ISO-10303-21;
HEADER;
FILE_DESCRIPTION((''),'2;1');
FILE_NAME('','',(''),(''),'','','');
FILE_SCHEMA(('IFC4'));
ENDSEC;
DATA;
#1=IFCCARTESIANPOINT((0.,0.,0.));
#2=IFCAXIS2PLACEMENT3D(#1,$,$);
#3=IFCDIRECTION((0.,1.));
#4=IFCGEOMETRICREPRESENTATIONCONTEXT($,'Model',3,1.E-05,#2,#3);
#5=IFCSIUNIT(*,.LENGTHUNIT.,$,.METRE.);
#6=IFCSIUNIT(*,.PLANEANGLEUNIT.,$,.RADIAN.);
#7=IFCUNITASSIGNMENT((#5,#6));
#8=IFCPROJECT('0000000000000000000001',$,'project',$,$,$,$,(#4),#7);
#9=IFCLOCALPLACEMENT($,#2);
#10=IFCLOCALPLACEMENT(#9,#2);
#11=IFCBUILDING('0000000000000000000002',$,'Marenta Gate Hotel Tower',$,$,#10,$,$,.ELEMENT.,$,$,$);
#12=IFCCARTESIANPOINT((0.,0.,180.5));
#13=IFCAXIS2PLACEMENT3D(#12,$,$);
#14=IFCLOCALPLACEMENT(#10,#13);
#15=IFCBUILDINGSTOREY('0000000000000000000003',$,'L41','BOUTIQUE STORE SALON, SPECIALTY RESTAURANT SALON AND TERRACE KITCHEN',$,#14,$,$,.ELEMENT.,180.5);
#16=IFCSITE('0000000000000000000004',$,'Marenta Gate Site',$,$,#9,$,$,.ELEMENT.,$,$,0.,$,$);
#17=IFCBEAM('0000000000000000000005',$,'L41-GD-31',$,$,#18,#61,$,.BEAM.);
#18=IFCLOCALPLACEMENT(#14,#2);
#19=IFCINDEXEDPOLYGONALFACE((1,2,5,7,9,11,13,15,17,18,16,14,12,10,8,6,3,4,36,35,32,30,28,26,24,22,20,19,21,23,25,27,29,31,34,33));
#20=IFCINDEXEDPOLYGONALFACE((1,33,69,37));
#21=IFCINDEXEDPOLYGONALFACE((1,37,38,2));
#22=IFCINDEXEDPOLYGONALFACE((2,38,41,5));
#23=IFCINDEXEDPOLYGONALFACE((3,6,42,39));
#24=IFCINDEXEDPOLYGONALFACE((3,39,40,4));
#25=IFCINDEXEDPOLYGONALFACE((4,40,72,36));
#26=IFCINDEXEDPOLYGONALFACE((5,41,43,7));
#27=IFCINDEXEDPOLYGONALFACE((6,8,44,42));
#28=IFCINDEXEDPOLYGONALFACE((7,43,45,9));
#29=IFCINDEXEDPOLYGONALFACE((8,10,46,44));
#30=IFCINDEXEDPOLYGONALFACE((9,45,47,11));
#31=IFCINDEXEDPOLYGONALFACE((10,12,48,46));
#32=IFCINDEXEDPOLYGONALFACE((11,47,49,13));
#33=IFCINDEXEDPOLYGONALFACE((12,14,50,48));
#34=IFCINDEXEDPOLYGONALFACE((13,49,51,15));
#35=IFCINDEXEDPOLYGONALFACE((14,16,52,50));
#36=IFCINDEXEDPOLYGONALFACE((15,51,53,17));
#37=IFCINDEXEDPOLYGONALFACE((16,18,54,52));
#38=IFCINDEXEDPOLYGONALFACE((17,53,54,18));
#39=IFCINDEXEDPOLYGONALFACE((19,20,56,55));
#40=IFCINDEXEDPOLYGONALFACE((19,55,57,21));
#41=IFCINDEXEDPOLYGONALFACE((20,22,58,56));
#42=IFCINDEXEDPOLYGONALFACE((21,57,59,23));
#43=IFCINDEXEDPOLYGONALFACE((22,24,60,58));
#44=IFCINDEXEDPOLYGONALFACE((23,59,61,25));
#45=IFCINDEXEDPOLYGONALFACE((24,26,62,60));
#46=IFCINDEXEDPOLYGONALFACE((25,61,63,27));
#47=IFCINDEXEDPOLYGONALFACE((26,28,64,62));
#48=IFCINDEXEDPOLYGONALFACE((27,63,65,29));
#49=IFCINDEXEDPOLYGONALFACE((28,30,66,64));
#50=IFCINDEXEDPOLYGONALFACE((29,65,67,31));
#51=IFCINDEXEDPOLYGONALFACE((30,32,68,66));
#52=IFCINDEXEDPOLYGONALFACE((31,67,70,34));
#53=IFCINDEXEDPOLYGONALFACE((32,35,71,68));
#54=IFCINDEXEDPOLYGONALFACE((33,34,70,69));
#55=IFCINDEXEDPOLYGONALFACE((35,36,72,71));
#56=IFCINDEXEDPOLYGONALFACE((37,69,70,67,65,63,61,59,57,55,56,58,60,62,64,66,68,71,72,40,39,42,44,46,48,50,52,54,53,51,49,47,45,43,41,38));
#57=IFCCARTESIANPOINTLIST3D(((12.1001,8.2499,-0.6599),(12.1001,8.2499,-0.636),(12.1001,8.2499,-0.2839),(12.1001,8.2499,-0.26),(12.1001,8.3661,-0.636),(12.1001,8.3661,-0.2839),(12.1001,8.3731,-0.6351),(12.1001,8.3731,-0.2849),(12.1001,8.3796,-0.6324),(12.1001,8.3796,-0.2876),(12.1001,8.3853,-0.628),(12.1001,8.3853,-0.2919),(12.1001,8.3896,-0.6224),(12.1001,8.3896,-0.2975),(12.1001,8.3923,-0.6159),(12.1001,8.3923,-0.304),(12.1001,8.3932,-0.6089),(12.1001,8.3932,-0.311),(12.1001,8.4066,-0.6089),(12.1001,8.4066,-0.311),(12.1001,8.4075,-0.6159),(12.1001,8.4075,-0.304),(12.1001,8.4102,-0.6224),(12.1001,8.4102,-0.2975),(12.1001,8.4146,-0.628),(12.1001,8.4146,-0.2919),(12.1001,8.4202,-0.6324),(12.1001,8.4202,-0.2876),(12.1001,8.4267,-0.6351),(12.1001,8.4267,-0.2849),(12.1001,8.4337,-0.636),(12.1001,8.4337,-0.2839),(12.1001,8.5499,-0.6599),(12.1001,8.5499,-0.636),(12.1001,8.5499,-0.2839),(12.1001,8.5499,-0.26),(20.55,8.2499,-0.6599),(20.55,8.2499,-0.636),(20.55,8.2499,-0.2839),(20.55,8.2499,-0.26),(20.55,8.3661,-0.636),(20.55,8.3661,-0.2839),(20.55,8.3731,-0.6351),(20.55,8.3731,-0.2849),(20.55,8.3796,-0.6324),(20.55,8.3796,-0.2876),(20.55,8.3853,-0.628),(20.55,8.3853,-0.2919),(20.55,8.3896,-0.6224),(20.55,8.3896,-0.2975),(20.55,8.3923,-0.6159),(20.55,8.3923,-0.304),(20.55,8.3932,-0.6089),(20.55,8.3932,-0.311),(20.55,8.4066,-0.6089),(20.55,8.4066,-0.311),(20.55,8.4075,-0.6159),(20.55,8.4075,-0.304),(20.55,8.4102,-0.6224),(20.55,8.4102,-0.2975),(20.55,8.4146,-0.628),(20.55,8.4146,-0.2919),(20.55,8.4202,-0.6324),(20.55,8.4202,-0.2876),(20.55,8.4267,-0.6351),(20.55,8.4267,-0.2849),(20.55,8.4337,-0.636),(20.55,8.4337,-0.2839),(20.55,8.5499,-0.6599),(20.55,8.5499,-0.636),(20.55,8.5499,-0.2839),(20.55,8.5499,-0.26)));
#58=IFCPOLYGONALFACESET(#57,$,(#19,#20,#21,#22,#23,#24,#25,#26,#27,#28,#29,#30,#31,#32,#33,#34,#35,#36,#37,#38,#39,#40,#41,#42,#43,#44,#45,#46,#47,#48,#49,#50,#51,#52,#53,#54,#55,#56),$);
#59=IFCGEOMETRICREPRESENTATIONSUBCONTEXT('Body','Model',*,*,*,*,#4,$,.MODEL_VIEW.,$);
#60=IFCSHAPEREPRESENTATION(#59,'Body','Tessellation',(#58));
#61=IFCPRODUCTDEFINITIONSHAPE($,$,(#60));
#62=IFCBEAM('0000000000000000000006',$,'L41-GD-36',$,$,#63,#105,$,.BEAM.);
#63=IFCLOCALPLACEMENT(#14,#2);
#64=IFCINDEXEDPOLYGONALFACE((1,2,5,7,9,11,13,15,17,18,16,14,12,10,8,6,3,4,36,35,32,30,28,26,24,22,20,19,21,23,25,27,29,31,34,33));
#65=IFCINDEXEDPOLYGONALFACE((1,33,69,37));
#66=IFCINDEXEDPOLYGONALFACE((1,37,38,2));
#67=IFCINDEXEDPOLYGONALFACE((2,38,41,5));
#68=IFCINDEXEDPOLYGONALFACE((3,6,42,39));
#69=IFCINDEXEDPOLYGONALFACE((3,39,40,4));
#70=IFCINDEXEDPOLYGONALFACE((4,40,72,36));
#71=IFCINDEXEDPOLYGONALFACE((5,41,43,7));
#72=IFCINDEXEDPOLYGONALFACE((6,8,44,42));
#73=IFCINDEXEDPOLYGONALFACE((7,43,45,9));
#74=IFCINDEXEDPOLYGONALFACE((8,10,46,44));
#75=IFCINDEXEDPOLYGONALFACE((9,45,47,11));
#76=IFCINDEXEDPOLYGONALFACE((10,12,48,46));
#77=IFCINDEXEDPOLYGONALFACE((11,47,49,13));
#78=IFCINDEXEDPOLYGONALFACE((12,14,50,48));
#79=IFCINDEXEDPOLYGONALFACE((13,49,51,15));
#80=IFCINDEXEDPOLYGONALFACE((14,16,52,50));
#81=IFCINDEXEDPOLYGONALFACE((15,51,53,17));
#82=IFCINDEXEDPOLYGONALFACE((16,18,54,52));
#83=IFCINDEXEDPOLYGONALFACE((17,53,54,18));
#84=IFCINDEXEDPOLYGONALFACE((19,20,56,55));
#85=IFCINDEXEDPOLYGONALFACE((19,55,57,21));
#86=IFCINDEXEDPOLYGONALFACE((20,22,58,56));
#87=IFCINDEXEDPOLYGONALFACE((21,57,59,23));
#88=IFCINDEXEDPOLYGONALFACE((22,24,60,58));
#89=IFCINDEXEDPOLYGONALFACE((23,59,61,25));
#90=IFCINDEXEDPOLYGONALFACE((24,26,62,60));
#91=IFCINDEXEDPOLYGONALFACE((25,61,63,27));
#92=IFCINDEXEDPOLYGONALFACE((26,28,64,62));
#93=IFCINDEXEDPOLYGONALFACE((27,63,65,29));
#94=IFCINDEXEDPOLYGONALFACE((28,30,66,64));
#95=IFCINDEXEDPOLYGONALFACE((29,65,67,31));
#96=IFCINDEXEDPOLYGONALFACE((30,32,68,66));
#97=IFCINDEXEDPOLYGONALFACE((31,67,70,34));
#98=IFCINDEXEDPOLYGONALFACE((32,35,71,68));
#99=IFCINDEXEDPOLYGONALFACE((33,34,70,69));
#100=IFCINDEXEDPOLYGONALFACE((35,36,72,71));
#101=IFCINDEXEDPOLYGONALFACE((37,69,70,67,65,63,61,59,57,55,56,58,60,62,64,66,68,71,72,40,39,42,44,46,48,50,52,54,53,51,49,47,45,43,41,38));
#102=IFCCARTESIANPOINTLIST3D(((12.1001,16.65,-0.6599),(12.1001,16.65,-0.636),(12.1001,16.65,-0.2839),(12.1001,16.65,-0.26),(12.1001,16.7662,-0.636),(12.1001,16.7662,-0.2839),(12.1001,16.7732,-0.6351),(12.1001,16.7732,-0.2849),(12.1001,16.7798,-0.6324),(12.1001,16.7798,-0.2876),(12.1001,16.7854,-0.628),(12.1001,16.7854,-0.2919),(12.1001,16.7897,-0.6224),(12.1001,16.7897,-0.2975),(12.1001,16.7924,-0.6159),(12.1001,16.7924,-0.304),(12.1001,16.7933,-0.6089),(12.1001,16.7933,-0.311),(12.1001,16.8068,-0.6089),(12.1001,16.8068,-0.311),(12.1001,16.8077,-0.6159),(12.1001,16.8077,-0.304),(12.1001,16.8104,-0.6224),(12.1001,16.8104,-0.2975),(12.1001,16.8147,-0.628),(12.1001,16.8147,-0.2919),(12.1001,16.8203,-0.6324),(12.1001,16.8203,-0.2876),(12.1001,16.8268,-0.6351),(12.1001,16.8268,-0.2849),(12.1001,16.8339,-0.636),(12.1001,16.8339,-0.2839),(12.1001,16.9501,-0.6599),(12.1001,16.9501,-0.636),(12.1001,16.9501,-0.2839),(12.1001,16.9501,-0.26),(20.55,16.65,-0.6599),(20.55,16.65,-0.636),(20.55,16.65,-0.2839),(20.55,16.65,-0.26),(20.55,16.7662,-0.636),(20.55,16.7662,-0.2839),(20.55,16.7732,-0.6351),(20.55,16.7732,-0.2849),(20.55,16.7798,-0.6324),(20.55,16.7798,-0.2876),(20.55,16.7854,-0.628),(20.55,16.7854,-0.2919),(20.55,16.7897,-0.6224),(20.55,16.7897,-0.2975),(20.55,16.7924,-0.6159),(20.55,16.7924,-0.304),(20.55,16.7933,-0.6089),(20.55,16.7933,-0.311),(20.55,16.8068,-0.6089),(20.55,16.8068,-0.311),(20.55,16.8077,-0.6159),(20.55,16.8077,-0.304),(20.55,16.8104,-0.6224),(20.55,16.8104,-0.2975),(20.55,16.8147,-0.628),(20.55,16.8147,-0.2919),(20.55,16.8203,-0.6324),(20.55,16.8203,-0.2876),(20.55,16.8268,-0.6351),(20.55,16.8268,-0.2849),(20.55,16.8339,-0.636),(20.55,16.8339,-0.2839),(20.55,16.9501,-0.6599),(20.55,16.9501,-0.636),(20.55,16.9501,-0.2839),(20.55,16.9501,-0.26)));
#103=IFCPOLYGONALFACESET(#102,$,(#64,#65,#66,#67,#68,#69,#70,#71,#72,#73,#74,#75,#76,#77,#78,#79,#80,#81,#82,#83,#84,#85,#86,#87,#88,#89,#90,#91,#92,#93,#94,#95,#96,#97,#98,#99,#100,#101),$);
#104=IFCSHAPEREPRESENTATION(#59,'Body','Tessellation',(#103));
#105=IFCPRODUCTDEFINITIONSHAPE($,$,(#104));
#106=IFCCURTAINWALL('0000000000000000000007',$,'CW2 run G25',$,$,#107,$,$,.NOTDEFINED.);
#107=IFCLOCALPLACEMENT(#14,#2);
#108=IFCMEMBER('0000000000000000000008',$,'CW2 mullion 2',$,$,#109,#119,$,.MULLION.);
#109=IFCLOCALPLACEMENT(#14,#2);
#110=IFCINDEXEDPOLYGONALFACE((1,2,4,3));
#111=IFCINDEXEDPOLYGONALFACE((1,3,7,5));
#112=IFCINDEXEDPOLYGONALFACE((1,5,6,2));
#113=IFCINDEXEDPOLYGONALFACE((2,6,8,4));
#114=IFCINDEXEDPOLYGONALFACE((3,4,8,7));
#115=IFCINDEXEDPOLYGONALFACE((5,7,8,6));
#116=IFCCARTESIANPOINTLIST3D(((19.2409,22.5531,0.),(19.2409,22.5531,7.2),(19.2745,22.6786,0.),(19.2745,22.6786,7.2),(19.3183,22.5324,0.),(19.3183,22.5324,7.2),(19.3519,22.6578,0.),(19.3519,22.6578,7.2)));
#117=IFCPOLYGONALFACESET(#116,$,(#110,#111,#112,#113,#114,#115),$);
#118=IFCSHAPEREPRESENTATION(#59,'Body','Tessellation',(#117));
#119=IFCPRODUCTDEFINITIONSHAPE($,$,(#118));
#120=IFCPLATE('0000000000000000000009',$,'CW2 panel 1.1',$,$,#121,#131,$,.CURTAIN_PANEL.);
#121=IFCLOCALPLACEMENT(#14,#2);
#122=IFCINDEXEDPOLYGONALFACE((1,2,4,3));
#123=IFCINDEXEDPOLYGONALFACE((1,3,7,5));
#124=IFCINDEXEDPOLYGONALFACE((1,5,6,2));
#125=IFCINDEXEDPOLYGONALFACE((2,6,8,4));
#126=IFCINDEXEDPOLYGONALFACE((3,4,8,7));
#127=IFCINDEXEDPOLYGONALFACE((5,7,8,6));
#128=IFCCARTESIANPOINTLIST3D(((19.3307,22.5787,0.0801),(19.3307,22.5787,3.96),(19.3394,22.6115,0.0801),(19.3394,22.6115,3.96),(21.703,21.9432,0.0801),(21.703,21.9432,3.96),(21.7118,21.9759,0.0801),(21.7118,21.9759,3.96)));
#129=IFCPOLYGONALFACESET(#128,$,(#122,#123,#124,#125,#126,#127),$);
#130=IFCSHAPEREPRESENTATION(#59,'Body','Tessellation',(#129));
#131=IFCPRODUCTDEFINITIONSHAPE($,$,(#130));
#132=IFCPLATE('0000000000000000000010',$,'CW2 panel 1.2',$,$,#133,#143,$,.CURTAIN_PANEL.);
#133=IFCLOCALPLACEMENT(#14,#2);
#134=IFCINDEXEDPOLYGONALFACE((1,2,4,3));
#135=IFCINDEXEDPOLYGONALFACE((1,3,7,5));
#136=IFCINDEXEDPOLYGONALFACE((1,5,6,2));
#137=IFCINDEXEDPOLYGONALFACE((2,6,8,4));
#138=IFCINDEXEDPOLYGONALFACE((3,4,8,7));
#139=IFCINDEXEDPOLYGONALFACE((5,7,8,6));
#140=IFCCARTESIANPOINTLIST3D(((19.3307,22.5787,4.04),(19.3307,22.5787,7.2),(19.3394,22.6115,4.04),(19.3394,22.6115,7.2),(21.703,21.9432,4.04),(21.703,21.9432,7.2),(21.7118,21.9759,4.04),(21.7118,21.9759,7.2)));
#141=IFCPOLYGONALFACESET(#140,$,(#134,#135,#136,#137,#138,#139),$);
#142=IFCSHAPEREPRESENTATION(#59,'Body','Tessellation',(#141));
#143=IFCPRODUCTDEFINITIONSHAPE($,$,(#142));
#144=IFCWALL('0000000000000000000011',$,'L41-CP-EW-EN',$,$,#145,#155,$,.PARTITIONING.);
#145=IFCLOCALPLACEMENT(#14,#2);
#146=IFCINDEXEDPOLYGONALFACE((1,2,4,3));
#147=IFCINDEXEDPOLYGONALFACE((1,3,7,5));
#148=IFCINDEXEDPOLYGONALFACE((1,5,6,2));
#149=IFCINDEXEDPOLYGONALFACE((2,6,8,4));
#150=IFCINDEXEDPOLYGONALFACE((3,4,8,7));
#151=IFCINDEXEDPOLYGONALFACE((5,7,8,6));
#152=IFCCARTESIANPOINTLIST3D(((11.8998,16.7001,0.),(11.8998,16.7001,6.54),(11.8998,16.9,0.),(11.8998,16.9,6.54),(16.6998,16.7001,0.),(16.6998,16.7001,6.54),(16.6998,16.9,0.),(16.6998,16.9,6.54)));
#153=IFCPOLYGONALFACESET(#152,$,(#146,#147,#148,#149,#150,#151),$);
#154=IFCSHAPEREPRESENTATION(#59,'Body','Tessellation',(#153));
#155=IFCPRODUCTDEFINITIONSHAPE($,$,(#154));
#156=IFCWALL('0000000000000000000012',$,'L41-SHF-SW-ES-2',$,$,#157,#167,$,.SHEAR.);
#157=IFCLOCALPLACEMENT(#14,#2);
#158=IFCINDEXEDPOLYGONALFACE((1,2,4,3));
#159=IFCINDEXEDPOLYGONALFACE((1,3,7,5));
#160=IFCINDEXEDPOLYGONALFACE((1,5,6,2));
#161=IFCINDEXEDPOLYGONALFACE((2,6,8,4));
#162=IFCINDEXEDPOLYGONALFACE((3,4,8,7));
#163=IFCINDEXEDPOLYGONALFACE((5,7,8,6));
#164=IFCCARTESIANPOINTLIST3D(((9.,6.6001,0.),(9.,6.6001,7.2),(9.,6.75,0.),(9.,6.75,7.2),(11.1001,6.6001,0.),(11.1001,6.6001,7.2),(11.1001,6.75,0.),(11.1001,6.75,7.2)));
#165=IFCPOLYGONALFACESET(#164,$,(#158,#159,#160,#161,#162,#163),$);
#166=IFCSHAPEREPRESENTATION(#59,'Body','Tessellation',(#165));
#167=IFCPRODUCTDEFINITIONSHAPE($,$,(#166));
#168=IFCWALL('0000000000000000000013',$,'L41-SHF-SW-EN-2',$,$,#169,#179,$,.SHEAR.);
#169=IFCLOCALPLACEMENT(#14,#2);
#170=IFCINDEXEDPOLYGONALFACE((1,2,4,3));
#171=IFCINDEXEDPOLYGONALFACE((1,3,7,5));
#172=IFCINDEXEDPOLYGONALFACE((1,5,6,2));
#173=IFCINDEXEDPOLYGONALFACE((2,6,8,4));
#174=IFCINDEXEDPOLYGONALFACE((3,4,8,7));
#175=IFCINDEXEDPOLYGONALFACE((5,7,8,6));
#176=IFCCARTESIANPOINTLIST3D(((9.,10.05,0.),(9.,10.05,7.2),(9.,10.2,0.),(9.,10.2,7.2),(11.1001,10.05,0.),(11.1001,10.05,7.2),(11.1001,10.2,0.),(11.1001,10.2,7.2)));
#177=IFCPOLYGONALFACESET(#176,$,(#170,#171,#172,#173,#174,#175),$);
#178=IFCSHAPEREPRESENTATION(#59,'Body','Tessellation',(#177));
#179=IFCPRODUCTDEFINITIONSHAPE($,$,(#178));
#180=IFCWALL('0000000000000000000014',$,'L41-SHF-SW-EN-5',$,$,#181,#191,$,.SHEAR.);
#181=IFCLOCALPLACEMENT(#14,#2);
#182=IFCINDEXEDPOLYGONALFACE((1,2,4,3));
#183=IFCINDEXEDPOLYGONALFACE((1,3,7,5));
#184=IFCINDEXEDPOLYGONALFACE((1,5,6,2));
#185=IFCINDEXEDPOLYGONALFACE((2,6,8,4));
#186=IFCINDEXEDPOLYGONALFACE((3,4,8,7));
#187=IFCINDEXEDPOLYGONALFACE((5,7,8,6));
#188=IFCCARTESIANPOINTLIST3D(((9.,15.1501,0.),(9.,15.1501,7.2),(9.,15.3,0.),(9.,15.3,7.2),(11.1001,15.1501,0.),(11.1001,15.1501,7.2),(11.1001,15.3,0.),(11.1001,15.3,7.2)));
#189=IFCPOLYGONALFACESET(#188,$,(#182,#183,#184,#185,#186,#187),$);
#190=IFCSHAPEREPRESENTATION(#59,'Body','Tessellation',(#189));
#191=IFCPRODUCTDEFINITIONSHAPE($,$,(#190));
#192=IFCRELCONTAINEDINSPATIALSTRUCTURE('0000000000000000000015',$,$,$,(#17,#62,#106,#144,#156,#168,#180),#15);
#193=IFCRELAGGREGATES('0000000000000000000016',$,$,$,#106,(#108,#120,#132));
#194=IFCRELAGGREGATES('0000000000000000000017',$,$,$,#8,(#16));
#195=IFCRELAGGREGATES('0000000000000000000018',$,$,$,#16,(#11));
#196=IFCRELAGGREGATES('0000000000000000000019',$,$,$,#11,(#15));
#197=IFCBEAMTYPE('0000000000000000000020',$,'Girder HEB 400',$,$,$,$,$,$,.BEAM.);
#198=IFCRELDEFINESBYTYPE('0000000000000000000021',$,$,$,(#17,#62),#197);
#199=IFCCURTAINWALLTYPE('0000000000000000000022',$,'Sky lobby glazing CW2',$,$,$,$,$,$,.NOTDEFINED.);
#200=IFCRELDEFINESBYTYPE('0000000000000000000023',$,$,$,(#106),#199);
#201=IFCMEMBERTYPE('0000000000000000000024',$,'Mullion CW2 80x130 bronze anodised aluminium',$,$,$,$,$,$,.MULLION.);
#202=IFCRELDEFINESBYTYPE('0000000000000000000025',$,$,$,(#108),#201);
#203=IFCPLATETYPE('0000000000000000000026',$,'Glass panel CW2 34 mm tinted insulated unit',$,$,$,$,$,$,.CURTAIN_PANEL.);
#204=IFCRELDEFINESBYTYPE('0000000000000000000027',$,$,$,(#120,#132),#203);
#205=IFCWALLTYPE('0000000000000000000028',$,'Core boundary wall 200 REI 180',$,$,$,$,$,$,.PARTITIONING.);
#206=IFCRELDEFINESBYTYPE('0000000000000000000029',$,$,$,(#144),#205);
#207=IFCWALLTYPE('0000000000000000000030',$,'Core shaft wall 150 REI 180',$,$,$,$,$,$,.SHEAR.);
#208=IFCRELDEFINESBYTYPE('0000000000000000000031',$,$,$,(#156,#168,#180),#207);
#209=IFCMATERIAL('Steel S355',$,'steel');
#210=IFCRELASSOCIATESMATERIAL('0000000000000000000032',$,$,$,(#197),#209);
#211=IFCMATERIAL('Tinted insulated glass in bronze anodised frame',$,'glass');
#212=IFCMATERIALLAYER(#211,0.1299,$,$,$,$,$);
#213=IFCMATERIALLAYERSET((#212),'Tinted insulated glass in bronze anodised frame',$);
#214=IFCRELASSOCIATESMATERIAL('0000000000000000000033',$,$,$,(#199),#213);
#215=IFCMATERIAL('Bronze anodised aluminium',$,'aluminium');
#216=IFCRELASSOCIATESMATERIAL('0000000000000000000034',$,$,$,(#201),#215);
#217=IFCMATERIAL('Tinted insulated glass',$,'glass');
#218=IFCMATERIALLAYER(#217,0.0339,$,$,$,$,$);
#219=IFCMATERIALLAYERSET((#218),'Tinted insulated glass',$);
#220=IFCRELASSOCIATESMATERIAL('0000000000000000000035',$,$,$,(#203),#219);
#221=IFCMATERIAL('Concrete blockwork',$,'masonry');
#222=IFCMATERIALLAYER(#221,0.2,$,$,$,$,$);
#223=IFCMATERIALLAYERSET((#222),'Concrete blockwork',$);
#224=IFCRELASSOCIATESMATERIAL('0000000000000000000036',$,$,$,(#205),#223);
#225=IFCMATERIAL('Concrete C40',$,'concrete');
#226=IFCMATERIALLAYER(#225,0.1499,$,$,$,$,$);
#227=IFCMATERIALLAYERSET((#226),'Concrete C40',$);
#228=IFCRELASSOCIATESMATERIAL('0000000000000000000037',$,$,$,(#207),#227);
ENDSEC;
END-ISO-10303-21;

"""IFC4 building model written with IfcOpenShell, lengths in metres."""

from ifc_helpers import new_model, si_unit, direction, frame, frame_2d, origin, origin_2d, place, context, subcontext, project, spatial, rectangle, i_section, extrude, material, layer, layer_set, material_profile, profile_set, type_object, element, aggregate, save


model = new_model("IFC4")

# Units and contexts
model_context = context("Model", 3, precision=1e-05, world=origin(), true_north=direction((0.0, 1.0)))
body_context = subcontext(model_context, "Body", "Model", "MODEL_VIEW")
ifc_project = project(units=[si_unit("LENGTHUNIT", "METRE"), si_unit("PLANEANGLEUNIT", "RADIAN")], contexts=[model_context])

# Site, building, storey
site_placement = place(None, origin())
site = spatial("IfcSite", under=ifc_project, at=site_placement, Name="Marenta Gate Site", CompositionType="ELEMENT", RefElevation=0.0)
building_placement = place(site_placement, origin())
building = spatial("IfcBuilding", under=site, at=building_placement, Name="Marenta Gate Hotel Tower", CompositionType="ELEMENT")
storey_placement = place(building_placement, frame((0.0, 0.0, 180.5)))
storey = spatial("IfcBuildingStorey", under=building, at=storey_placement, Name="L41", Description="BOUTIQUE STORE SALON, SPECIALTY RESTAURANT SALON AND TERRACE KITCHEN", CompositionType="ELEMENT", Elevation=180.5)

# Beams
ifc_material_1 = material(Name="Steel S355", Category="steel")
ifc_material_profile_1 = material_profile(ifc_material_1, i_section(OverallWidth=0.3, OverallDepth=0.3999, WebThickness=0.0134, FlangeThickness=0.0239, FilletRadius=0.0271, at=origin_2d()), Name="HEB 400")
ifc_profile_set_1 = profile_set([ifc_material_profile_1], Name="Steel S355")
beam_type_1 = type_object("IfcBeamType", Name="Girder HEB 400", PredefinedType="BEAM", material=ifc_profile_set_1)
for number, where, z_axis, x_axis, name in (
    (1, (12.1001, 8.3999, -0.46), (1.0, 0.0, 0.0), (0.0, 1.0, 0.0), "L41-GD-31"),
    (2, (12.1001, 16.8, -0.46), (1.0, 0.0, 0.0), (0.0, 1.0, 0.0), "L41-GD-36"),
):
    element("IfcBeam", number, at=place(storey_placement, frame(where, z_axis=z_axis, x_axis=x_axis)), inside=storey, type_object=beam_type_1, Name=name, PredefinedType="BEAM", context=body_context, shape_type="SweptSolid", body=[
        extrude(i_section(OverallWidth=0.3, OverallDepth=0.3999, WebThickness=0.0134, FlangeThickness=0.0239, FilletRadius=0.0271, at=origin_2d()), origin(), (0.0, 0.0, 1.0), 8.45),
    ])

# Curtain wall, member, plates
ifc_material_2 = material(Name="Tinted insulated glass in bronze anodised frame", Category="glass")
ifc_layer_1 = layer(ifc_material_2, 0.1299)
ifc_layer_set_1 = layer_set([ifc_layer_1], Name="Tinted insulated glass in bronze anodised frame")
curtain_wall_type = type_object("IfcCurtainWallType", Name="Sky lobby glazing CW2", PredefinedType="NOTDEFINED", material=ifc_layer_set_1)
curtain_wall_placement = place(storey_placement, origin())
curtain_wall = element("IfcCurtainWall", 3, at=curtain_wall_placement, inside=storey, type_object=curtain_wall_type, Name="CW2 run G25", PredefinedType="NOTDEFINED")
ifc_material_3 = material(Name="Bronze anodised aluminium", Category="aluminium")
ifc_material_profile_2 = material_profile(ifc_material_3, rectangle(XDim=0.1299, YDim=0.0801, at=origin_2d()), Name="Mullion CW2 80x130 bronze anodised aluminium")
ifc_profile_set_2 = profile_set([ifc_material_profile_2], Name="Bronze anodised aluminium")
member_type = type_object("IfcMemberType", Name="Mullion CW2 80x130 bronze anodised aluminium", PredefinedType="MULLION", material=ifc_profile_set_2)
member_placement = place(storey_placement, frame((19.2964, 22.6055, 0.0), z_axis=(0.0, 0.0, 1.0), x_axis=(-0.258781, -0.965936, 0.0)))
member = element("IfcMember", 4, at=member_placement, type_object=member_type, Name="CW2 mullion 2", PredefinedType="MULLION", context=body_context, shape_type="SweptSolid", body=[
    extrude(rectangle(XDim=0.1299, YDim=0.0801, at=origin_2d()), origin(), (0.0, 0.0, 1.0), 7.2),
])
ifc_material_4 = material(Name="Tinted insulated glass", Category="glass")
ifc_layer_2 = layer(ifc_material_4, 0.0339)
ifc_layer_set_2 = layer_set([ifc_layer_2], Name="Tinted insulated glass")
plate_type = type_object("IfcPlateType", Name="Glass panel CW2 34 mm tinted insulated unit", PredefinedType="CURTAIN_PANEL", material=ifc_layer_set_2)
plate_1_placement = place(storey_placement, frame((20.5212, 22.2773, 0.0801), z_axis=(0.0, 0.0, 1.0), x_axis=(-0.965936, 0.258781, 0.0)))
plate_1 = element("IfcPlate", 5, at=plate_1_placement, type_object=plate_type, Name="CW2 panel 1.1", PredefinedType="CURTAIN_PANEL", context=body_context, shape_type="SweptSolid", body=[
    extrude(rectangle(XDim=2.4561, YDim=0.0339, at=origin_2d()), origin(), (0.0, 0.0, 1.0), 3.8799),
])
plate_2_placement = place(storey_placement, frame((20.5212, 22.2773, 4.04), z_axis=(0.0, 0.0, 1.0), x_axis=(-0.965936, 0.258781, 0.0)))
plate_2 = element("IfcPlate", 6, at=plate_2_placement, type_object=plate_type, Name="CW2 panel 1.2", PredefinedType="CURTAIN_PANEL", context=body_context, shape_type="SweptSolid", body=[
    extrude(rectangle(XDim=2.4561, YDim=0.0339, at=origin_2d()), origin(), (0.0, 0.0, 1.0), 3.1599),
])
aggregate(curtain_wall, [member, plate_1, plate_2])

# Walls
ifc_material_5 = material(Name="Concrete blockwork", Category="masonry")
ifc_layer_3 = layer(ifc_material_5, 0.2)
ifc_layer_set_3 = layer_set([ifc_layer_3], Name="Concrete blockwork")
wall_type_1 = type_object("IfcWallType", Name="Core boundary wall 200 REI 180", PredefinedType="PARTITIONING", material=ifc_layer_set_3)
wall_1_placement = place(storey_placement, frame((11.8999, 16.8, 0.0), z_axis=(0.0, 0.0, 1.0), x_axis=(1.0, 0.0, 0.0)))
element("IfcWall", 7, at=wall_1_placement, inside=storey, type_object=wall_type_1, Name="L41-CP-EW-EN", PredefinedType="PARTITIONING", context=body_context, shape_type="SweptSolid", body=[
    extrude(rectangle(XDim=4.8, YDim=0.2, at=frame_2d((2.3999, 0.0))), origin(), (0.0, 0.0, 1.0), 6.54),
])
ifc_material_6 = material(Name="Concrete C40", Category="concrete")
ifc_layer_4 = layer(ifc_material_6, 0.1499)
ifc_layer_set_4 = layer_set([ifc_layer_4], Name="Concrete C40")
wall_type_2 = type_object("IfcWallType", Name="Core shaft wall 150 REI 180", PredefinedType="SHEAR", material=ifc_layer_set_4)
for number, where, z_axis, x_axis, name in (
    (8, (9.0, 6.675, 0.0), (0.0, 0.0, 1.0), (1.0, 0.0, 0.0), "L41-SHF-SW-ES-2"),
    (9, (9.0, 10.125, 0.0), (0.0, 0.0, 1.0), (1.0, 0.0, 0.0), "L41-SHF-SW-EN-2"),
    (10, (9.0, 15.2251, 0.0), (0.0, 0.0, 1.0), (1.0, 0.0, 0.0), "L41-SHF-SW-EN-5"),
):
    element("IfcWall", number, at=place(storey_placement, frame(where, z_axis=z_axis, x_axis=x_axis)), inside=storey, type_object=wall_type_2, Name=name, PredefinedType="SHEAR", context=body_context, shape_type="SweptSolid", body=[
        extrude(rectangle(XDim=2.1001, YDim=0.1499, at=frame_2d((1.05, 0.0))), origin(), (0.0, 0.0, 1.0), 7.2),
    ])

save(model, "model.ifc")
